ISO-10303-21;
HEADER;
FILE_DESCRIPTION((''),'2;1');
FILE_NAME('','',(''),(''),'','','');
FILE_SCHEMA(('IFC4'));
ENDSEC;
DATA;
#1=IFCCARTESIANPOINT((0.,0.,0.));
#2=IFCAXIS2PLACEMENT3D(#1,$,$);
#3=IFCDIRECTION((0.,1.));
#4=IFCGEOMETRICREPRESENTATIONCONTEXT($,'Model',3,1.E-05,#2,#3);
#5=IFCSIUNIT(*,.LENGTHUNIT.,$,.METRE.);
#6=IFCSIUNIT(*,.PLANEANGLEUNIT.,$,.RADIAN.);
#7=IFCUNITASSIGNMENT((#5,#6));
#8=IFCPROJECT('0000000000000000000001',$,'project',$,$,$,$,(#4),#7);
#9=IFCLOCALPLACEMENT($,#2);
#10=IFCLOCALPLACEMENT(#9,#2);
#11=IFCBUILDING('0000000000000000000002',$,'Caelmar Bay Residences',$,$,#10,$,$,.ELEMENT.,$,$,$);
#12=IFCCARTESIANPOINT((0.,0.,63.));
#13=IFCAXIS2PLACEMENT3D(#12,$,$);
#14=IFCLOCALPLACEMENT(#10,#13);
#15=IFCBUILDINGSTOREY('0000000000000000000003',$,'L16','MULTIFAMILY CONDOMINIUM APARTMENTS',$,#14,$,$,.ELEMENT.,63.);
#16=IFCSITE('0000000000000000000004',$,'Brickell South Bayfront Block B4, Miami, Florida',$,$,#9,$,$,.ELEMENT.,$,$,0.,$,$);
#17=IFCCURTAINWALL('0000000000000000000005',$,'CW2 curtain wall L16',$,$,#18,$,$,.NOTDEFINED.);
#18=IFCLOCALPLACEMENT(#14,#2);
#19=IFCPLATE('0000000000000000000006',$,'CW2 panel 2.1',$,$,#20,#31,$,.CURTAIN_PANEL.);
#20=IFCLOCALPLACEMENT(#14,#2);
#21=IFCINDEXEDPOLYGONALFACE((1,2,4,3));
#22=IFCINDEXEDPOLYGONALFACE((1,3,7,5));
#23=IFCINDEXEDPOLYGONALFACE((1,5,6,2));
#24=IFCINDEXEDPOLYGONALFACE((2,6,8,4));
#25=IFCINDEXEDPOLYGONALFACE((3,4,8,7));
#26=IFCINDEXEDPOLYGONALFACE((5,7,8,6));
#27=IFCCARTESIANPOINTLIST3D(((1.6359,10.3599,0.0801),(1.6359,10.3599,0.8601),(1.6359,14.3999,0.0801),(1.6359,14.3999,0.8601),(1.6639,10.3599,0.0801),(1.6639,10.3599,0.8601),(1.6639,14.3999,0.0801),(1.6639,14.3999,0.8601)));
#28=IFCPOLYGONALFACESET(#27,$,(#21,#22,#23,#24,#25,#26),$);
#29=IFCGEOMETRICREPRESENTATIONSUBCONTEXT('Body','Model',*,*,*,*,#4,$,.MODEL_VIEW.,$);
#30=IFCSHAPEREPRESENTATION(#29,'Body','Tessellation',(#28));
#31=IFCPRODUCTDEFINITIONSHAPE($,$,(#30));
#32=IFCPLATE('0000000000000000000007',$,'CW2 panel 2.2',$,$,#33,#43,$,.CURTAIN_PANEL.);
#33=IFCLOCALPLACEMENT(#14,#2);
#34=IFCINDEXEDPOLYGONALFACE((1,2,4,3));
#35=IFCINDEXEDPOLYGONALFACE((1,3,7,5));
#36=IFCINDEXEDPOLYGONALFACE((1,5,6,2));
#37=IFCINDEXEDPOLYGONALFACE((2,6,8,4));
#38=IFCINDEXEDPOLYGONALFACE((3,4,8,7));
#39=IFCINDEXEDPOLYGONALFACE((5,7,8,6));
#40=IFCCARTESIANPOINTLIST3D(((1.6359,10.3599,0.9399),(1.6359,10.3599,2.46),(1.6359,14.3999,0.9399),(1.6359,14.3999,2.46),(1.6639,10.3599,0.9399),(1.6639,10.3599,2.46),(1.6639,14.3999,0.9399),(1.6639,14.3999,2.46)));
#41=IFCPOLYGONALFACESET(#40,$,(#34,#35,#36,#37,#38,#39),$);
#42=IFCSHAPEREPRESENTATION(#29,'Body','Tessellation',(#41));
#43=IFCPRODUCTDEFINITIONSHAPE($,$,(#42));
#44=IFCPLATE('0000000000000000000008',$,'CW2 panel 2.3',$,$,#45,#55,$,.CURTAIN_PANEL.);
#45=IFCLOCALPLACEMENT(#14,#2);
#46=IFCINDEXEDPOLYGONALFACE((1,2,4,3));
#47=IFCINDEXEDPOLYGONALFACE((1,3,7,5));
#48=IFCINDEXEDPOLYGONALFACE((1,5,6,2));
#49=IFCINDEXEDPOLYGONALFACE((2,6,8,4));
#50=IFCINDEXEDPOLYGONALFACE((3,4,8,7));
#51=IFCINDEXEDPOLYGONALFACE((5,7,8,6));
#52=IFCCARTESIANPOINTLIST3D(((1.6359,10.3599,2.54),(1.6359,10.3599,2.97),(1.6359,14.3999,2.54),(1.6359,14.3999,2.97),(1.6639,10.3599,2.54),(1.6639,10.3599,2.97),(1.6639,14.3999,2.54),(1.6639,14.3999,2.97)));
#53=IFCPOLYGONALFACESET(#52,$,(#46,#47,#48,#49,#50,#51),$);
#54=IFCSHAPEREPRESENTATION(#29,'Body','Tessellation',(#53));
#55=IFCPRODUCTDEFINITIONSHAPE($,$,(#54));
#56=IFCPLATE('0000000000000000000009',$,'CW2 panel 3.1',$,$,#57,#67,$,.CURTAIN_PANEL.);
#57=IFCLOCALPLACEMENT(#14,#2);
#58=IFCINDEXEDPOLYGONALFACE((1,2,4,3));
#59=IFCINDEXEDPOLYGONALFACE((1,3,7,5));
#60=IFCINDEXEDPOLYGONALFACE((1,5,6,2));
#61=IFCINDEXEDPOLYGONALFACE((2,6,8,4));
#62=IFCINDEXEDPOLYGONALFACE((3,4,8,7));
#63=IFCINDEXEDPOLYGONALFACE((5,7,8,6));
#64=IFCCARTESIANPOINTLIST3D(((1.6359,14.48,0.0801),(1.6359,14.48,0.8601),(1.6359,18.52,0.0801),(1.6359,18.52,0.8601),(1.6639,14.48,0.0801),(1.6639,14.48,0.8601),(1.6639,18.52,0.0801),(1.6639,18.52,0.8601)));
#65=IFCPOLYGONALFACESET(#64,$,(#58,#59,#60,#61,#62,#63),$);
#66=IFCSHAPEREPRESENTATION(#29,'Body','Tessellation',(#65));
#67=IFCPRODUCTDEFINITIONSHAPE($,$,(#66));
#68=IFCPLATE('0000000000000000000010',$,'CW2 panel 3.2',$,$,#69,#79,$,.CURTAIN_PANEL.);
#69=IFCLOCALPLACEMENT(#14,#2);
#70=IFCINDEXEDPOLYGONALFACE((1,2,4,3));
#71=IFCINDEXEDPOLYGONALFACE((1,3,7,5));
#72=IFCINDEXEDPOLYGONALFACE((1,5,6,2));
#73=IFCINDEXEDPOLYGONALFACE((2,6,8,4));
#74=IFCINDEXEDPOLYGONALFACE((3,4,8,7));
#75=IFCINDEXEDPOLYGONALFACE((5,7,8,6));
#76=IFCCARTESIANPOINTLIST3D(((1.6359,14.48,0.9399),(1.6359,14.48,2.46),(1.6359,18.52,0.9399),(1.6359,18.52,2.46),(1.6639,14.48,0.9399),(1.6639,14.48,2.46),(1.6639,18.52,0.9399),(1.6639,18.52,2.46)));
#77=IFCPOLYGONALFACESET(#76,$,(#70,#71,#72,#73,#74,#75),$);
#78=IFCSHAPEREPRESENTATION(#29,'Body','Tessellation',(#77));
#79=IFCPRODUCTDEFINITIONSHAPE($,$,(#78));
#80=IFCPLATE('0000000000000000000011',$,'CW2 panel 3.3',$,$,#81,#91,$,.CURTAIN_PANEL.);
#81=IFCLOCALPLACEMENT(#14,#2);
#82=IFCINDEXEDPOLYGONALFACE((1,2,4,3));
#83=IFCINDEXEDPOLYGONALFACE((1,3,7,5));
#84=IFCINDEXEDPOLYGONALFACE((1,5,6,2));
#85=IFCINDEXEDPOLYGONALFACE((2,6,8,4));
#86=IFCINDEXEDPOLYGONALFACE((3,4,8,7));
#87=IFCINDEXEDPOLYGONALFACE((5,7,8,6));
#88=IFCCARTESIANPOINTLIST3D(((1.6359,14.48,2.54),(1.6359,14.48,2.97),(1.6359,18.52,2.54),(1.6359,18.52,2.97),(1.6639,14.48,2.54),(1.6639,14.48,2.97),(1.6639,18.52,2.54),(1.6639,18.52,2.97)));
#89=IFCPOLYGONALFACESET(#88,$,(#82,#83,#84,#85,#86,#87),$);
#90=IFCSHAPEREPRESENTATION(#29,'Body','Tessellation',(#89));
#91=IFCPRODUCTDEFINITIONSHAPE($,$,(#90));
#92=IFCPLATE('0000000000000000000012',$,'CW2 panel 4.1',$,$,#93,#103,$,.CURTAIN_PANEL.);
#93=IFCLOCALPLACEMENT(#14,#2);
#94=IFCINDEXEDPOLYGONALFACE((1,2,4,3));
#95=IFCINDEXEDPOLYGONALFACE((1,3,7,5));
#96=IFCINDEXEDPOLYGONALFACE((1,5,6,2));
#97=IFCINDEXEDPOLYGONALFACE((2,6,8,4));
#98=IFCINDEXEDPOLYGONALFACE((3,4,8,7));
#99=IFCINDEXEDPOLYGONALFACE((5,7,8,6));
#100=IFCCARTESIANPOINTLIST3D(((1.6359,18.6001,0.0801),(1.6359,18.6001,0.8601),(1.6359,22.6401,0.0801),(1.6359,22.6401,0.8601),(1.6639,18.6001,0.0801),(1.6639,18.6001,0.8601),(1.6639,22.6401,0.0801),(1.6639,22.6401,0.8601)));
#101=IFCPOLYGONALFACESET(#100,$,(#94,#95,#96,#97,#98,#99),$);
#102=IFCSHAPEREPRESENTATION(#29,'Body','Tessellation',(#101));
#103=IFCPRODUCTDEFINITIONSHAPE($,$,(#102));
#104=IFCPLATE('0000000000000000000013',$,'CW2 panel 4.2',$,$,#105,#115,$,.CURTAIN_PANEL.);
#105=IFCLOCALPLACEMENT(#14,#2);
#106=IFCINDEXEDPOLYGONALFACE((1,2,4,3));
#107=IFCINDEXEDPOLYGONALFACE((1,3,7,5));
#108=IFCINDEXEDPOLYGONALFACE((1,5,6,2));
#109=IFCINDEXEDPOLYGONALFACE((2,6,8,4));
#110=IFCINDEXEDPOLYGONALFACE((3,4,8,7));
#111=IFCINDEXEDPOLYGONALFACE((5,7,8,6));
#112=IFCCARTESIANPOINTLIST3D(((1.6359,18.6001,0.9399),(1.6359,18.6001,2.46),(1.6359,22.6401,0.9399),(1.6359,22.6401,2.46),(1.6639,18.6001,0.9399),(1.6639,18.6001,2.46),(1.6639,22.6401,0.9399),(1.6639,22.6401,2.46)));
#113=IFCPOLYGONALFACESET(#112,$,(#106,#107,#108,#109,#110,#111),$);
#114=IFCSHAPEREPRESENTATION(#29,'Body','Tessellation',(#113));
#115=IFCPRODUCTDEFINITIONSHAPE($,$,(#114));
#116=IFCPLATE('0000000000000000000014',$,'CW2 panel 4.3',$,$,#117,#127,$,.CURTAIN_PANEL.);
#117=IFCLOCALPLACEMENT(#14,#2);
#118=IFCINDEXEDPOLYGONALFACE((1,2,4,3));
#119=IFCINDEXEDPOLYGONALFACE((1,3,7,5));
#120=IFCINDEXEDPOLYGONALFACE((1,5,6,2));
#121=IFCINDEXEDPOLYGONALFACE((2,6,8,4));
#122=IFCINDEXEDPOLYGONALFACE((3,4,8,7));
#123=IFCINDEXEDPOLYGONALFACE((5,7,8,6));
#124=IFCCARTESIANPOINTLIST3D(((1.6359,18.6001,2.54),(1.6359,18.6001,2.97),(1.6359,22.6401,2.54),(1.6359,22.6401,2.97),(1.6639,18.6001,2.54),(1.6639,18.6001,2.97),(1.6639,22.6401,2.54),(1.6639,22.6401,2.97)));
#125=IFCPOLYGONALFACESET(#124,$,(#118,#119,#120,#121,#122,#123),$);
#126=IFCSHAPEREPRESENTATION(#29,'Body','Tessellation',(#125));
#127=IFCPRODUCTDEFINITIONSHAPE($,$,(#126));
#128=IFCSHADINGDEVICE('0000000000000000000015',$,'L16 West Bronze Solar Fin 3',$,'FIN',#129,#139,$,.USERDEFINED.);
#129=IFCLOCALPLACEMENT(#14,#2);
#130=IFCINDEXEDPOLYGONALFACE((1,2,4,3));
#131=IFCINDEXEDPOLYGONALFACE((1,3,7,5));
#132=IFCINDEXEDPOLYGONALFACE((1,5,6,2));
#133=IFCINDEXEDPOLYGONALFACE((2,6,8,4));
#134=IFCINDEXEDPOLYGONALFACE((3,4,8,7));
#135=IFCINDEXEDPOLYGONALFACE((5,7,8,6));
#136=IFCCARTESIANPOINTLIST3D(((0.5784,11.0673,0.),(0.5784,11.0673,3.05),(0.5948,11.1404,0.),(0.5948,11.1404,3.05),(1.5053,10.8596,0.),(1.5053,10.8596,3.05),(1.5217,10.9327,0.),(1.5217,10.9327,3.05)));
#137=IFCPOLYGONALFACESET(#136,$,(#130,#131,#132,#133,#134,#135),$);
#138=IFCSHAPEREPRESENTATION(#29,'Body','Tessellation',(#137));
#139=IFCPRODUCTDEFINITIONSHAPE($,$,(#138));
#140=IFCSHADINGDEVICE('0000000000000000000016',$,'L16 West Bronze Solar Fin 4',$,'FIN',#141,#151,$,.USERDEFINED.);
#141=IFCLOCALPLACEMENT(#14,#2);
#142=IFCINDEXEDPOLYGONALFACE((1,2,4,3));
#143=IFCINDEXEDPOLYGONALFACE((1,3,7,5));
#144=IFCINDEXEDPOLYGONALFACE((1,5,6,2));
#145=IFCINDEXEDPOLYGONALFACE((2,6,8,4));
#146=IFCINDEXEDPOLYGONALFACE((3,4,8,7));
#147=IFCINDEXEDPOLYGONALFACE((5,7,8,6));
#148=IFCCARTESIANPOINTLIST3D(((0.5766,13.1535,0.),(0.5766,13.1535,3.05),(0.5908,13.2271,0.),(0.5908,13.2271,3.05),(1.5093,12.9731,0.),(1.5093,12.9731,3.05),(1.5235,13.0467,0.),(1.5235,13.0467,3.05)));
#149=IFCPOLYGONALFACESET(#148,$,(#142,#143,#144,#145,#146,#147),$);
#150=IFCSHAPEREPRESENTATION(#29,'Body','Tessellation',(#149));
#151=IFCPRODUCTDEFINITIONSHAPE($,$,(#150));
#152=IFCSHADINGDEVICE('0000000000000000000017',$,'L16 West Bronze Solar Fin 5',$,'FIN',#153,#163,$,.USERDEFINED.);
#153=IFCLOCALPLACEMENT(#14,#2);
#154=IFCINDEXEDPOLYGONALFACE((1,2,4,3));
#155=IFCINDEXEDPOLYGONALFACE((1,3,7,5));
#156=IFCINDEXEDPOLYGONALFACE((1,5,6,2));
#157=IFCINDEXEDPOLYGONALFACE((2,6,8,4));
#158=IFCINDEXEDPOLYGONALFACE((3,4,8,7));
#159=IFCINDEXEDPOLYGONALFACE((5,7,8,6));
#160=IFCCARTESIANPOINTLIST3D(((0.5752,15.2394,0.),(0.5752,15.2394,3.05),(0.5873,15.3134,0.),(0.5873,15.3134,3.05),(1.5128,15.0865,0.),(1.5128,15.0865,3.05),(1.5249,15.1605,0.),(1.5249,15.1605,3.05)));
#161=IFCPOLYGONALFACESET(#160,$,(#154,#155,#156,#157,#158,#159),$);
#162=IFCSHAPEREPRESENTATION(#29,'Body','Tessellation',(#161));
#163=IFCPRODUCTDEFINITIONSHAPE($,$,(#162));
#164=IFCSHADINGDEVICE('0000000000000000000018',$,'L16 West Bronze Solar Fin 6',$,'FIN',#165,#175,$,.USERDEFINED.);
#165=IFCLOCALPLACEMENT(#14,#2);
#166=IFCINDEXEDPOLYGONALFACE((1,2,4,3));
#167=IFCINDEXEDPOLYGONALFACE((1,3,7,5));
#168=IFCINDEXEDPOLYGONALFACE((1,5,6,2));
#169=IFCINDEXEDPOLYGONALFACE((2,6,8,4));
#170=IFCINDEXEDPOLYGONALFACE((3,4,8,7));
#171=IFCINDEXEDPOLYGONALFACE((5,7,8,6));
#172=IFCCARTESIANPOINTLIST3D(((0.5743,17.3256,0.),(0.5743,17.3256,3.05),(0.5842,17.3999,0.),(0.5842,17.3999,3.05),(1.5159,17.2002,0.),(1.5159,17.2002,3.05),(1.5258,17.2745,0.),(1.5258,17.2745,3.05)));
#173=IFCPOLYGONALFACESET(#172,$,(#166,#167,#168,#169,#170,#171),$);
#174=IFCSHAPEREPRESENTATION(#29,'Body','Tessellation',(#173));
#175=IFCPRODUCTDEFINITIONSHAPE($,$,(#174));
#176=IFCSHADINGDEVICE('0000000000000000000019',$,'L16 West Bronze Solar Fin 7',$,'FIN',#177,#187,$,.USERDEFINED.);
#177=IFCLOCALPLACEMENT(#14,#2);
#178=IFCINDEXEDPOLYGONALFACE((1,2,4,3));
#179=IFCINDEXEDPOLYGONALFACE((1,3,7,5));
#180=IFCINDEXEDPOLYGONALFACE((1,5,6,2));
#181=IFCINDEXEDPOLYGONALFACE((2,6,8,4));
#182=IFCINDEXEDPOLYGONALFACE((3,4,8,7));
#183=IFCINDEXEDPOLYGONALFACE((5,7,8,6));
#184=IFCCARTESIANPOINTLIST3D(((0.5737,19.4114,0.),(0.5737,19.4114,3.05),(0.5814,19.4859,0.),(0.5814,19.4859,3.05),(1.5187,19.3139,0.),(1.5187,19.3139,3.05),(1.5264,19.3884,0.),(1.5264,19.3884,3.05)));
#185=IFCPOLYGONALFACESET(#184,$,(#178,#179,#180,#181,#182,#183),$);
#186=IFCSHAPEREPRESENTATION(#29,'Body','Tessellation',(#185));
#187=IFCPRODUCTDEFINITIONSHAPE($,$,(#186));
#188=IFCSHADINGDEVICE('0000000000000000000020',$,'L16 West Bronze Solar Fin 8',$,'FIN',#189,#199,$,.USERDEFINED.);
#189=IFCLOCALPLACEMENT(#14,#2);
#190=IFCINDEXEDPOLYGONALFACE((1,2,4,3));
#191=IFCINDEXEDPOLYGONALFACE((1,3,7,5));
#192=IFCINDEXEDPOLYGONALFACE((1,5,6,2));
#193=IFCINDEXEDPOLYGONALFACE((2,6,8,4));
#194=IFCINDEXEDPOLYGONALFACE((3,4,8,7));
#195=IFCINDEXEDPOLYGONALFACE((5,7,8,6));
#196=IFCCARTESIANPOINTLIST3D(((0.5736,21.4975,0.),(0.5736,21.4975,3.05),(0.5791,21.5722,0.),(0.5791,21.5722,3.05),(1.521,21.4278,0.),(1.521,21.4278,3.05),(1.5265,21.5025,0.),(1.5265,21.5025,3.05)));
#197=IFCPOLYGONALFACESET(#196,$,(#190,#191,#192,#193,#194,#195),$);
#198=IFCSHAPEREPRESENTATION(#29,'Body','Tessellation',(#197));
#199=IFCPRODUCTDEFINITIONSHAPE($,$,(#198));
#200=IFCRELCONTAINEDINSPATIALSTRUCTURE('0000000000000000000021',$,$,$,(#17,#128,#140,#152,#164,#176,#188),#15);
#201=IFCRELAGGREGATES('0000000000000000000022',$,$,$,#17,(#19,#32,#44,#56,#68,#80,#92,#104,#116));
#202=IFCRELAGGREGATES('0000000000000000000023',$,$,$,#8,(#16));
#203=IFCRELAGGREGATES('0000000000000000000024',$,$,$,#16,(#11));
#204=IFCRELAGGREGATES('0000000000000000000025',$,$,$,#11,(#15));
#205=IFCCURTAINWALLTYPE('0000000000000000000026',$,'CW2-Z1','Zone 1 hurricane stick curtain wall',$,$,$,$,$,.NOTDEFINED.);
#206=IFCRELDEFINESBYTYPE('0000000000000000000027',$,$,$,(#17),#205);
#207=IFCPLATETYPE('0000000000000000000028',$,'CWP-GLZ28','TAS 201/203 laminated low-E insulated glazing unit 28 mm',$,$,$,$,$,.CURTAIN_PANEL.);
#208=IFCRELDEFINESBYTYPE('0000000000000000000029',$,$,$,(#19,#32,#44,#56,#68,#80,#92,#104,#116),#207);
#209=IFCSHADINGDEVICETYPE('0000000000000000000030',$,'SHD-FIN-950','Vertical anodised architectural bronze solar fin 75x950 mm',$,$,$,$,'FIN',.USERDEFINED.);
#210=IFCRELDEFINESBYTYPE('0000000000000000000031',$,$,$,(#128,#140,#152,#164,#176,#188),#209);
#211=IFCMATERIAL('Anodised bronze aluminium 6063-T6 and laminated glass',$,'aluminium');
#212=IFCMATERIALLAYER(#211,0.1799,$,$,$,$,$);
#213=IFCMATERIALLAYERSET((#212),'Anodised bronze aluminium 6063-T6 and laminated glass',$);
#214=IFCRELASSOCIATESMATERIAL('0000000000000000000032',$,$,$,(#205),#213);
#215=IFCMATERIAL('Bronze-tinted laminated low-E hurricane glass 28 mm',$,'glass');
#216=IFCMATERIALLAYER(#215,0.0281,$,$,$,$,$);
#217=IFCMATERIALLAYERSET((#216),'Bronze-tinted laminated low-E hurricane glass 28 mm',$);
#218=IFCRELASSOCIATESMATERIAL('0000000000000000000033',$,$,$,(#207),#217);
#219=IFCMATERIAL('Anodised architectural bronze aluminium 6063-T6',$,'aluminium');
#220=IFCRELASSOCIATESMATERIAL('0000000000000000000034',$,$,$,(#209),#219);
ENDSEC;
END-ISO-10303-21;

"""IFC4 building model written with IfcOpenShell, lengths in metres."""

from ifc_helpers import new_model, si_unit, direction, frame, origin, origin_2d, place, context, subcontext, project, spatial, rectangle, extrude, material, layer, layer_set, material_profile, profile_set, type_object, element, aggregate, save


model = new_model("IFC4")

# Units and contexts
model_context = context("Model", 3, precision=1e-05, world=origin(), true_north=direction((0.0, 1.0)))
body_context = subcontext(model_context, "Body", "Model", "MODEL_VIEW")
ifc_project = project(units=[si_unit("LENGTHUNIT", "METRE"), si_unit("PLANEANGLEUNIT", "RADIAN")], contexts=[model_context])

# Site, building, storey
site_placement = place(None, origin())
site = spatial("IfcSite", under=ifc_project, at=site_placement, Name="Brickell South Bayfront Block B4, Miami, Florida", CompositionType="ELEMENT", RefElevation=0.0)
building_placement = place(site_placement, origin())
building = spatial("IfcBuilding", under=site, at=building_placement, Name="Caelmar Bay Residences", CompositionType="ELEMENT")
storey_placement = place(building_placement, frame((0.0, 0.0, 63.0)))
storey = spatial("IfcBuildingStorey", under=building, at=storey_placement, Name="L16", Description="MULTIFAMILY CONDOMINIUM APARTMENTS", CompositionType="ELEMENT", Elevation=63.0)

# Curtain wall, plates
ifc_material_1 = material(Name="Anodised bronze aluminium 6063-T6 and laminated glass", Category="aluminium")
ifc_layer_1 = layer(ifc_material_1, 0.1799)
ifc_layer_set_1 = layer_set([ifc_layer_1], Name="Anodised bronze aluminium 6063-T6 and laminated glass")
curtain_wall_type = type_object("IfcCurtainWallType", Name="CW2-Z1", Description="Zone 1 hurricane stick curtain wall", PredefinedType="NOTDEFINED", material=ifc_layer_set_1)
curtain_wall_placement = place(storey_placement, origin())
curtain_wall = element("IfcCurtainWall", 1, at=curtain_wall_placement, inside=storey, type_object=curtain_wall_type, Name="CW2 curtain wall L16", PredefinedType="NOTDEFINED")
ifc_material_2 = material(Name="Bronze-tinted laminated low-E hurricane glass 28 mm", Category="glass")
ifc_layer_2 = layer(ifc_material_2, 0.0281)
ifc_layer_set_2 = layer_set([ifc_layer_2], Name="Bronze-tinted laminated low-E hurricane glass 28 mm")
plate_type = type_object("IfcPlateType", Name="CWP-GLZ28", Description="TAS 201/203 laminated low-E insulated glazing unit 28 mm", PredefinedType="CURTAIN_PANEL", material=ifc_layer_set_2)
plate_1_placement = place(storey_placement, frame((1.6499, 12.3799, 0.0801), z_axis=(0.0, 0.0, 1.0), x_axis=(0.0, 1.0, 0.0)))
plate_1 = element("IfcPlate", 2, at=plate_1_placement, type_object=plate_type, Name="CW2 panel 2.1", PredefinedType="CURTAIN_PANEL", context=body_context, shape_type="SweptSolid", body=[
    extrude(rectangle(XDim=4.04, YDim=0.0281, at=origin_2d()), origin(), (0.0, 0.0, 1.0), 0.78),
])
plate_2_placement = place(storey_placement, frame((1.6499, 12.3799, 0.9399), z_axis=(0.0, 0.0, 1.0), x_axis=(0.0, 1.0, 0.0)))
plate_2 = element("IfcPlate", 3, at=plate_2_placement, type_object=plate_type, Name="CW2 panel 2.2", PredefinedType="CURTAIN_PANEL", context=body_context, shape_type="SweptSolid", body=[
    extrude(rectangle(XDim=4.04, YDim=0.0281, at=origin_2d()), origin(), (0.0, 0.0, 1.0), 1.52),
])
plate_3_placement = place(storey_placement, frame((1.6499, 12.3799, 2.54), z_axis=(0.0, 0.0, 1.0), x_axis=(0.0, 1.0, 0.0)))
plate_3 = element("IfcPlate", 4, at=plate_3_placement, type_object=plate_type, Name="CW2 panel 2.3", PredefinedType="CURTAIN_PANEL", context=body_context, shape_type="SweptSolid", body=[
    extrude(rectangle(XDim=4.04, YDim=0.0281, at=origin_2d()), origin(), (0.0, 0.0, 1.0), 0.4299),
])
plate_4_placement = place(storey_placement, frame((1.6499, 16.5, 0.0801), z_axis=(0.0, 0.0, 1.0), x_axis=(0.0, 1.0, 0.0)))
plate_4 = element("IfcPlate", 5, at=plate_4_placement, type_object=plate_type, Name="CW2 panel 3.1", PredefinedType="CURTAIN_PANEL", context=body_context, shape_type="SweptSolid", body=[
    extrude(rectangle(XDim=4.04, YDim=0.0281, at=origin_2d()), origin(), (0.0, 0.0, 1.0), 0.78),
])
plate_5_placement = place(storey_placement, frame((1.6499, 16.5, 0.9399), z_axis=(0.0, 0.0, 1.0), x_axis=(0.0, 1.0, 0.0)))
plate_5 = element("IfcPlate", 6, at=plate_5_placement, type_object=plate_type, Name="CW2 panel 3.2", PredefinedType="CURTAIN_PANEL", context=body_context, shape_type="SweptSolid", body=[
    extrude(rectangle(XDim=4.04, YDim=0.0281, at=origin_2d()), origin(), (0.0, 0.0, 1.0), 1.52),
])
plate_6_placement = place(storey_placement, frame((1.6499, 16.5, 2.54), z_axis=(0.0, 0.0, 1.0), x_axis=(0.0, 1.0, 0.0)))
plate_6 = element("IfcPlate", 7, at=plate_6_placement, type_object=plate_type, Name="CW2 panel 3.3", PredefinedType="CURTAIN_PANEL", context=body_context, shape_type="SweptSolid", body=[
    extrude(rectangle(XDim=4.04, YDim=0.0281, at=origin_2d()), origin(), (0.0, 0.0, 1.0), 0.4299),
])
plate_7_placement = place(storey_placement, frame((1.6499, 20.6201, 0.0801), z_axis=(0.0, 0.0, 1.0), x_axis=(0.0, 1.0, 0.0)))
plate_7 = element("IfcPlate", 8, at=plate_7_placement, type_object=plate_type, Name="CW2 panel 4.1", PredefinedType="CURTAIN_PANEL", context=body_context, shape_type="SweptSolid", body=[
    extrude(rectangle(XDim=4.04, YDim=0.0281, at=origin_2d()), origin(), (0.0, 0.0, 1.0), 0.78),
])
plate_8_placement = place(storey_placement, frame((1.6499, 20.6201, 0.9399), z_axis=(0.0, 0.0, 1.0), x_axis=(0.0, 1.0, 0.0)))
plate_8 = element("IfcPlate", 9, at=plate_8_placement, type_object=plate_type, Name="CW2 panel 4.2", PredefinedType="CURTAIN_PANEL", context=body_context, shape_type="SweptSolid", body=[
    extrude(rectangle(XDim=4.04, YDim=0.0281, at=origin_2d()), origin(), (0.0, 0.0, 1.0), 1.52),
])
plate_9_placement = place(storey_placement, frame((1.6499, 20.6201, 2.54), z_axis=(0.0, 0.0, 1.0), x_axis=(0.0, 1.0, 0.0)))
plate_9 = element("IfcPlate", 10, at=plate_9_placement, type_object=plate_type, Name="CW2 panel 4.3", PredefinedType="CURTAIN_PANEL", context=body_context, shape_type="SweptSolid", body=[
    extrude(rectangle(XDim=4.04, YDim=0.0281, at=origin_2d()), origin(), (0.0, 0.0, 1.0), 0.4299),
])
aggregate(curtain_wall, [plate_1, plate_2, plate_3, plate_4, plate_5, plate_6, plate_7, plate_8, plate_9])

# Shading devices
ifc_material_3 = material(Name="Anodised architectural bronze aluminium 6063-T6", Category="aluminium")
ifc_material_profile_1 = material_profile(ifc_material_3, rectangle(XDim=0.075, YDim=0.95, at=origin_2d()), Name="BRONZE-FIN-75X950")
ifc_profile_set_1 = profile_set([ifc_material_profile_1], Name="Anodised architectural bronze aluminium 6063-T6")
shading_device_type = type_object("IfcShadingDeviceType", Name="SHD-FIN-950", Description="Vertical anodised architectural bronze solar fin 75x950 mm", ElementType="FIN", PredefinedType="USERDEFINED", material=ifc_profile_set_1)
for number, where, z_axis, x_axis, name in (
    (11, (1.05, 11.0, 0.0), (0.0, 0.0, 1.0), (0.218654, 0.975802, 0.0), "L16 West Bronze Solar Fin 3"),
    (12, (1.05, 13.1001, 0.0), (0.0, 0.0, 1.0), (0.189952, 0.981793, 0.0), "L16 West Bronze Solar Fin 4"),
    (13, (1.05, 15.2, 0.0), (0.0, 0.0, 1.0), (0.160915, 0.986968, 0.0), "L16 West Bronze Solar Fin 5"),
    (14, (1.05, 17.3, 0.0), (0.0, 0.0, 1.0), (0.13191, 0.991262, 0.0), "L16 West Bronze Solar Fin 6"),
    (15, (1.05, 19.3999, 0.0), (0.0, 0.0, 1.0), (0.102619, 0.994721, 0.0), "L16 West Bronze Solar Fin 7"),
    (16, (1.05, 21.5, 0.0), (0.0, 0.0, 1.0), (0.073412, 0.997302, 0.0), "L16 West Bronze Solar Fin 8"),
):
    element("IfcShadingDevice", number, at=place(storey_placement, frame(where, z_axis=z_axis, x_axis=x_axis)), inside=storey, type_object=shading_device_type, Name=name, ObjectType="FIN", PredefinedType="USERDEFINED", context=body_context, shape_type="SweptSolid", body=[
        extrude(rectangle(XDim=0.075, YDim=0.95, at=origin_2d()), origin(), (0.0, 0.0, 1.0), 3.05),
    ])

save(model, "model.ifc")
